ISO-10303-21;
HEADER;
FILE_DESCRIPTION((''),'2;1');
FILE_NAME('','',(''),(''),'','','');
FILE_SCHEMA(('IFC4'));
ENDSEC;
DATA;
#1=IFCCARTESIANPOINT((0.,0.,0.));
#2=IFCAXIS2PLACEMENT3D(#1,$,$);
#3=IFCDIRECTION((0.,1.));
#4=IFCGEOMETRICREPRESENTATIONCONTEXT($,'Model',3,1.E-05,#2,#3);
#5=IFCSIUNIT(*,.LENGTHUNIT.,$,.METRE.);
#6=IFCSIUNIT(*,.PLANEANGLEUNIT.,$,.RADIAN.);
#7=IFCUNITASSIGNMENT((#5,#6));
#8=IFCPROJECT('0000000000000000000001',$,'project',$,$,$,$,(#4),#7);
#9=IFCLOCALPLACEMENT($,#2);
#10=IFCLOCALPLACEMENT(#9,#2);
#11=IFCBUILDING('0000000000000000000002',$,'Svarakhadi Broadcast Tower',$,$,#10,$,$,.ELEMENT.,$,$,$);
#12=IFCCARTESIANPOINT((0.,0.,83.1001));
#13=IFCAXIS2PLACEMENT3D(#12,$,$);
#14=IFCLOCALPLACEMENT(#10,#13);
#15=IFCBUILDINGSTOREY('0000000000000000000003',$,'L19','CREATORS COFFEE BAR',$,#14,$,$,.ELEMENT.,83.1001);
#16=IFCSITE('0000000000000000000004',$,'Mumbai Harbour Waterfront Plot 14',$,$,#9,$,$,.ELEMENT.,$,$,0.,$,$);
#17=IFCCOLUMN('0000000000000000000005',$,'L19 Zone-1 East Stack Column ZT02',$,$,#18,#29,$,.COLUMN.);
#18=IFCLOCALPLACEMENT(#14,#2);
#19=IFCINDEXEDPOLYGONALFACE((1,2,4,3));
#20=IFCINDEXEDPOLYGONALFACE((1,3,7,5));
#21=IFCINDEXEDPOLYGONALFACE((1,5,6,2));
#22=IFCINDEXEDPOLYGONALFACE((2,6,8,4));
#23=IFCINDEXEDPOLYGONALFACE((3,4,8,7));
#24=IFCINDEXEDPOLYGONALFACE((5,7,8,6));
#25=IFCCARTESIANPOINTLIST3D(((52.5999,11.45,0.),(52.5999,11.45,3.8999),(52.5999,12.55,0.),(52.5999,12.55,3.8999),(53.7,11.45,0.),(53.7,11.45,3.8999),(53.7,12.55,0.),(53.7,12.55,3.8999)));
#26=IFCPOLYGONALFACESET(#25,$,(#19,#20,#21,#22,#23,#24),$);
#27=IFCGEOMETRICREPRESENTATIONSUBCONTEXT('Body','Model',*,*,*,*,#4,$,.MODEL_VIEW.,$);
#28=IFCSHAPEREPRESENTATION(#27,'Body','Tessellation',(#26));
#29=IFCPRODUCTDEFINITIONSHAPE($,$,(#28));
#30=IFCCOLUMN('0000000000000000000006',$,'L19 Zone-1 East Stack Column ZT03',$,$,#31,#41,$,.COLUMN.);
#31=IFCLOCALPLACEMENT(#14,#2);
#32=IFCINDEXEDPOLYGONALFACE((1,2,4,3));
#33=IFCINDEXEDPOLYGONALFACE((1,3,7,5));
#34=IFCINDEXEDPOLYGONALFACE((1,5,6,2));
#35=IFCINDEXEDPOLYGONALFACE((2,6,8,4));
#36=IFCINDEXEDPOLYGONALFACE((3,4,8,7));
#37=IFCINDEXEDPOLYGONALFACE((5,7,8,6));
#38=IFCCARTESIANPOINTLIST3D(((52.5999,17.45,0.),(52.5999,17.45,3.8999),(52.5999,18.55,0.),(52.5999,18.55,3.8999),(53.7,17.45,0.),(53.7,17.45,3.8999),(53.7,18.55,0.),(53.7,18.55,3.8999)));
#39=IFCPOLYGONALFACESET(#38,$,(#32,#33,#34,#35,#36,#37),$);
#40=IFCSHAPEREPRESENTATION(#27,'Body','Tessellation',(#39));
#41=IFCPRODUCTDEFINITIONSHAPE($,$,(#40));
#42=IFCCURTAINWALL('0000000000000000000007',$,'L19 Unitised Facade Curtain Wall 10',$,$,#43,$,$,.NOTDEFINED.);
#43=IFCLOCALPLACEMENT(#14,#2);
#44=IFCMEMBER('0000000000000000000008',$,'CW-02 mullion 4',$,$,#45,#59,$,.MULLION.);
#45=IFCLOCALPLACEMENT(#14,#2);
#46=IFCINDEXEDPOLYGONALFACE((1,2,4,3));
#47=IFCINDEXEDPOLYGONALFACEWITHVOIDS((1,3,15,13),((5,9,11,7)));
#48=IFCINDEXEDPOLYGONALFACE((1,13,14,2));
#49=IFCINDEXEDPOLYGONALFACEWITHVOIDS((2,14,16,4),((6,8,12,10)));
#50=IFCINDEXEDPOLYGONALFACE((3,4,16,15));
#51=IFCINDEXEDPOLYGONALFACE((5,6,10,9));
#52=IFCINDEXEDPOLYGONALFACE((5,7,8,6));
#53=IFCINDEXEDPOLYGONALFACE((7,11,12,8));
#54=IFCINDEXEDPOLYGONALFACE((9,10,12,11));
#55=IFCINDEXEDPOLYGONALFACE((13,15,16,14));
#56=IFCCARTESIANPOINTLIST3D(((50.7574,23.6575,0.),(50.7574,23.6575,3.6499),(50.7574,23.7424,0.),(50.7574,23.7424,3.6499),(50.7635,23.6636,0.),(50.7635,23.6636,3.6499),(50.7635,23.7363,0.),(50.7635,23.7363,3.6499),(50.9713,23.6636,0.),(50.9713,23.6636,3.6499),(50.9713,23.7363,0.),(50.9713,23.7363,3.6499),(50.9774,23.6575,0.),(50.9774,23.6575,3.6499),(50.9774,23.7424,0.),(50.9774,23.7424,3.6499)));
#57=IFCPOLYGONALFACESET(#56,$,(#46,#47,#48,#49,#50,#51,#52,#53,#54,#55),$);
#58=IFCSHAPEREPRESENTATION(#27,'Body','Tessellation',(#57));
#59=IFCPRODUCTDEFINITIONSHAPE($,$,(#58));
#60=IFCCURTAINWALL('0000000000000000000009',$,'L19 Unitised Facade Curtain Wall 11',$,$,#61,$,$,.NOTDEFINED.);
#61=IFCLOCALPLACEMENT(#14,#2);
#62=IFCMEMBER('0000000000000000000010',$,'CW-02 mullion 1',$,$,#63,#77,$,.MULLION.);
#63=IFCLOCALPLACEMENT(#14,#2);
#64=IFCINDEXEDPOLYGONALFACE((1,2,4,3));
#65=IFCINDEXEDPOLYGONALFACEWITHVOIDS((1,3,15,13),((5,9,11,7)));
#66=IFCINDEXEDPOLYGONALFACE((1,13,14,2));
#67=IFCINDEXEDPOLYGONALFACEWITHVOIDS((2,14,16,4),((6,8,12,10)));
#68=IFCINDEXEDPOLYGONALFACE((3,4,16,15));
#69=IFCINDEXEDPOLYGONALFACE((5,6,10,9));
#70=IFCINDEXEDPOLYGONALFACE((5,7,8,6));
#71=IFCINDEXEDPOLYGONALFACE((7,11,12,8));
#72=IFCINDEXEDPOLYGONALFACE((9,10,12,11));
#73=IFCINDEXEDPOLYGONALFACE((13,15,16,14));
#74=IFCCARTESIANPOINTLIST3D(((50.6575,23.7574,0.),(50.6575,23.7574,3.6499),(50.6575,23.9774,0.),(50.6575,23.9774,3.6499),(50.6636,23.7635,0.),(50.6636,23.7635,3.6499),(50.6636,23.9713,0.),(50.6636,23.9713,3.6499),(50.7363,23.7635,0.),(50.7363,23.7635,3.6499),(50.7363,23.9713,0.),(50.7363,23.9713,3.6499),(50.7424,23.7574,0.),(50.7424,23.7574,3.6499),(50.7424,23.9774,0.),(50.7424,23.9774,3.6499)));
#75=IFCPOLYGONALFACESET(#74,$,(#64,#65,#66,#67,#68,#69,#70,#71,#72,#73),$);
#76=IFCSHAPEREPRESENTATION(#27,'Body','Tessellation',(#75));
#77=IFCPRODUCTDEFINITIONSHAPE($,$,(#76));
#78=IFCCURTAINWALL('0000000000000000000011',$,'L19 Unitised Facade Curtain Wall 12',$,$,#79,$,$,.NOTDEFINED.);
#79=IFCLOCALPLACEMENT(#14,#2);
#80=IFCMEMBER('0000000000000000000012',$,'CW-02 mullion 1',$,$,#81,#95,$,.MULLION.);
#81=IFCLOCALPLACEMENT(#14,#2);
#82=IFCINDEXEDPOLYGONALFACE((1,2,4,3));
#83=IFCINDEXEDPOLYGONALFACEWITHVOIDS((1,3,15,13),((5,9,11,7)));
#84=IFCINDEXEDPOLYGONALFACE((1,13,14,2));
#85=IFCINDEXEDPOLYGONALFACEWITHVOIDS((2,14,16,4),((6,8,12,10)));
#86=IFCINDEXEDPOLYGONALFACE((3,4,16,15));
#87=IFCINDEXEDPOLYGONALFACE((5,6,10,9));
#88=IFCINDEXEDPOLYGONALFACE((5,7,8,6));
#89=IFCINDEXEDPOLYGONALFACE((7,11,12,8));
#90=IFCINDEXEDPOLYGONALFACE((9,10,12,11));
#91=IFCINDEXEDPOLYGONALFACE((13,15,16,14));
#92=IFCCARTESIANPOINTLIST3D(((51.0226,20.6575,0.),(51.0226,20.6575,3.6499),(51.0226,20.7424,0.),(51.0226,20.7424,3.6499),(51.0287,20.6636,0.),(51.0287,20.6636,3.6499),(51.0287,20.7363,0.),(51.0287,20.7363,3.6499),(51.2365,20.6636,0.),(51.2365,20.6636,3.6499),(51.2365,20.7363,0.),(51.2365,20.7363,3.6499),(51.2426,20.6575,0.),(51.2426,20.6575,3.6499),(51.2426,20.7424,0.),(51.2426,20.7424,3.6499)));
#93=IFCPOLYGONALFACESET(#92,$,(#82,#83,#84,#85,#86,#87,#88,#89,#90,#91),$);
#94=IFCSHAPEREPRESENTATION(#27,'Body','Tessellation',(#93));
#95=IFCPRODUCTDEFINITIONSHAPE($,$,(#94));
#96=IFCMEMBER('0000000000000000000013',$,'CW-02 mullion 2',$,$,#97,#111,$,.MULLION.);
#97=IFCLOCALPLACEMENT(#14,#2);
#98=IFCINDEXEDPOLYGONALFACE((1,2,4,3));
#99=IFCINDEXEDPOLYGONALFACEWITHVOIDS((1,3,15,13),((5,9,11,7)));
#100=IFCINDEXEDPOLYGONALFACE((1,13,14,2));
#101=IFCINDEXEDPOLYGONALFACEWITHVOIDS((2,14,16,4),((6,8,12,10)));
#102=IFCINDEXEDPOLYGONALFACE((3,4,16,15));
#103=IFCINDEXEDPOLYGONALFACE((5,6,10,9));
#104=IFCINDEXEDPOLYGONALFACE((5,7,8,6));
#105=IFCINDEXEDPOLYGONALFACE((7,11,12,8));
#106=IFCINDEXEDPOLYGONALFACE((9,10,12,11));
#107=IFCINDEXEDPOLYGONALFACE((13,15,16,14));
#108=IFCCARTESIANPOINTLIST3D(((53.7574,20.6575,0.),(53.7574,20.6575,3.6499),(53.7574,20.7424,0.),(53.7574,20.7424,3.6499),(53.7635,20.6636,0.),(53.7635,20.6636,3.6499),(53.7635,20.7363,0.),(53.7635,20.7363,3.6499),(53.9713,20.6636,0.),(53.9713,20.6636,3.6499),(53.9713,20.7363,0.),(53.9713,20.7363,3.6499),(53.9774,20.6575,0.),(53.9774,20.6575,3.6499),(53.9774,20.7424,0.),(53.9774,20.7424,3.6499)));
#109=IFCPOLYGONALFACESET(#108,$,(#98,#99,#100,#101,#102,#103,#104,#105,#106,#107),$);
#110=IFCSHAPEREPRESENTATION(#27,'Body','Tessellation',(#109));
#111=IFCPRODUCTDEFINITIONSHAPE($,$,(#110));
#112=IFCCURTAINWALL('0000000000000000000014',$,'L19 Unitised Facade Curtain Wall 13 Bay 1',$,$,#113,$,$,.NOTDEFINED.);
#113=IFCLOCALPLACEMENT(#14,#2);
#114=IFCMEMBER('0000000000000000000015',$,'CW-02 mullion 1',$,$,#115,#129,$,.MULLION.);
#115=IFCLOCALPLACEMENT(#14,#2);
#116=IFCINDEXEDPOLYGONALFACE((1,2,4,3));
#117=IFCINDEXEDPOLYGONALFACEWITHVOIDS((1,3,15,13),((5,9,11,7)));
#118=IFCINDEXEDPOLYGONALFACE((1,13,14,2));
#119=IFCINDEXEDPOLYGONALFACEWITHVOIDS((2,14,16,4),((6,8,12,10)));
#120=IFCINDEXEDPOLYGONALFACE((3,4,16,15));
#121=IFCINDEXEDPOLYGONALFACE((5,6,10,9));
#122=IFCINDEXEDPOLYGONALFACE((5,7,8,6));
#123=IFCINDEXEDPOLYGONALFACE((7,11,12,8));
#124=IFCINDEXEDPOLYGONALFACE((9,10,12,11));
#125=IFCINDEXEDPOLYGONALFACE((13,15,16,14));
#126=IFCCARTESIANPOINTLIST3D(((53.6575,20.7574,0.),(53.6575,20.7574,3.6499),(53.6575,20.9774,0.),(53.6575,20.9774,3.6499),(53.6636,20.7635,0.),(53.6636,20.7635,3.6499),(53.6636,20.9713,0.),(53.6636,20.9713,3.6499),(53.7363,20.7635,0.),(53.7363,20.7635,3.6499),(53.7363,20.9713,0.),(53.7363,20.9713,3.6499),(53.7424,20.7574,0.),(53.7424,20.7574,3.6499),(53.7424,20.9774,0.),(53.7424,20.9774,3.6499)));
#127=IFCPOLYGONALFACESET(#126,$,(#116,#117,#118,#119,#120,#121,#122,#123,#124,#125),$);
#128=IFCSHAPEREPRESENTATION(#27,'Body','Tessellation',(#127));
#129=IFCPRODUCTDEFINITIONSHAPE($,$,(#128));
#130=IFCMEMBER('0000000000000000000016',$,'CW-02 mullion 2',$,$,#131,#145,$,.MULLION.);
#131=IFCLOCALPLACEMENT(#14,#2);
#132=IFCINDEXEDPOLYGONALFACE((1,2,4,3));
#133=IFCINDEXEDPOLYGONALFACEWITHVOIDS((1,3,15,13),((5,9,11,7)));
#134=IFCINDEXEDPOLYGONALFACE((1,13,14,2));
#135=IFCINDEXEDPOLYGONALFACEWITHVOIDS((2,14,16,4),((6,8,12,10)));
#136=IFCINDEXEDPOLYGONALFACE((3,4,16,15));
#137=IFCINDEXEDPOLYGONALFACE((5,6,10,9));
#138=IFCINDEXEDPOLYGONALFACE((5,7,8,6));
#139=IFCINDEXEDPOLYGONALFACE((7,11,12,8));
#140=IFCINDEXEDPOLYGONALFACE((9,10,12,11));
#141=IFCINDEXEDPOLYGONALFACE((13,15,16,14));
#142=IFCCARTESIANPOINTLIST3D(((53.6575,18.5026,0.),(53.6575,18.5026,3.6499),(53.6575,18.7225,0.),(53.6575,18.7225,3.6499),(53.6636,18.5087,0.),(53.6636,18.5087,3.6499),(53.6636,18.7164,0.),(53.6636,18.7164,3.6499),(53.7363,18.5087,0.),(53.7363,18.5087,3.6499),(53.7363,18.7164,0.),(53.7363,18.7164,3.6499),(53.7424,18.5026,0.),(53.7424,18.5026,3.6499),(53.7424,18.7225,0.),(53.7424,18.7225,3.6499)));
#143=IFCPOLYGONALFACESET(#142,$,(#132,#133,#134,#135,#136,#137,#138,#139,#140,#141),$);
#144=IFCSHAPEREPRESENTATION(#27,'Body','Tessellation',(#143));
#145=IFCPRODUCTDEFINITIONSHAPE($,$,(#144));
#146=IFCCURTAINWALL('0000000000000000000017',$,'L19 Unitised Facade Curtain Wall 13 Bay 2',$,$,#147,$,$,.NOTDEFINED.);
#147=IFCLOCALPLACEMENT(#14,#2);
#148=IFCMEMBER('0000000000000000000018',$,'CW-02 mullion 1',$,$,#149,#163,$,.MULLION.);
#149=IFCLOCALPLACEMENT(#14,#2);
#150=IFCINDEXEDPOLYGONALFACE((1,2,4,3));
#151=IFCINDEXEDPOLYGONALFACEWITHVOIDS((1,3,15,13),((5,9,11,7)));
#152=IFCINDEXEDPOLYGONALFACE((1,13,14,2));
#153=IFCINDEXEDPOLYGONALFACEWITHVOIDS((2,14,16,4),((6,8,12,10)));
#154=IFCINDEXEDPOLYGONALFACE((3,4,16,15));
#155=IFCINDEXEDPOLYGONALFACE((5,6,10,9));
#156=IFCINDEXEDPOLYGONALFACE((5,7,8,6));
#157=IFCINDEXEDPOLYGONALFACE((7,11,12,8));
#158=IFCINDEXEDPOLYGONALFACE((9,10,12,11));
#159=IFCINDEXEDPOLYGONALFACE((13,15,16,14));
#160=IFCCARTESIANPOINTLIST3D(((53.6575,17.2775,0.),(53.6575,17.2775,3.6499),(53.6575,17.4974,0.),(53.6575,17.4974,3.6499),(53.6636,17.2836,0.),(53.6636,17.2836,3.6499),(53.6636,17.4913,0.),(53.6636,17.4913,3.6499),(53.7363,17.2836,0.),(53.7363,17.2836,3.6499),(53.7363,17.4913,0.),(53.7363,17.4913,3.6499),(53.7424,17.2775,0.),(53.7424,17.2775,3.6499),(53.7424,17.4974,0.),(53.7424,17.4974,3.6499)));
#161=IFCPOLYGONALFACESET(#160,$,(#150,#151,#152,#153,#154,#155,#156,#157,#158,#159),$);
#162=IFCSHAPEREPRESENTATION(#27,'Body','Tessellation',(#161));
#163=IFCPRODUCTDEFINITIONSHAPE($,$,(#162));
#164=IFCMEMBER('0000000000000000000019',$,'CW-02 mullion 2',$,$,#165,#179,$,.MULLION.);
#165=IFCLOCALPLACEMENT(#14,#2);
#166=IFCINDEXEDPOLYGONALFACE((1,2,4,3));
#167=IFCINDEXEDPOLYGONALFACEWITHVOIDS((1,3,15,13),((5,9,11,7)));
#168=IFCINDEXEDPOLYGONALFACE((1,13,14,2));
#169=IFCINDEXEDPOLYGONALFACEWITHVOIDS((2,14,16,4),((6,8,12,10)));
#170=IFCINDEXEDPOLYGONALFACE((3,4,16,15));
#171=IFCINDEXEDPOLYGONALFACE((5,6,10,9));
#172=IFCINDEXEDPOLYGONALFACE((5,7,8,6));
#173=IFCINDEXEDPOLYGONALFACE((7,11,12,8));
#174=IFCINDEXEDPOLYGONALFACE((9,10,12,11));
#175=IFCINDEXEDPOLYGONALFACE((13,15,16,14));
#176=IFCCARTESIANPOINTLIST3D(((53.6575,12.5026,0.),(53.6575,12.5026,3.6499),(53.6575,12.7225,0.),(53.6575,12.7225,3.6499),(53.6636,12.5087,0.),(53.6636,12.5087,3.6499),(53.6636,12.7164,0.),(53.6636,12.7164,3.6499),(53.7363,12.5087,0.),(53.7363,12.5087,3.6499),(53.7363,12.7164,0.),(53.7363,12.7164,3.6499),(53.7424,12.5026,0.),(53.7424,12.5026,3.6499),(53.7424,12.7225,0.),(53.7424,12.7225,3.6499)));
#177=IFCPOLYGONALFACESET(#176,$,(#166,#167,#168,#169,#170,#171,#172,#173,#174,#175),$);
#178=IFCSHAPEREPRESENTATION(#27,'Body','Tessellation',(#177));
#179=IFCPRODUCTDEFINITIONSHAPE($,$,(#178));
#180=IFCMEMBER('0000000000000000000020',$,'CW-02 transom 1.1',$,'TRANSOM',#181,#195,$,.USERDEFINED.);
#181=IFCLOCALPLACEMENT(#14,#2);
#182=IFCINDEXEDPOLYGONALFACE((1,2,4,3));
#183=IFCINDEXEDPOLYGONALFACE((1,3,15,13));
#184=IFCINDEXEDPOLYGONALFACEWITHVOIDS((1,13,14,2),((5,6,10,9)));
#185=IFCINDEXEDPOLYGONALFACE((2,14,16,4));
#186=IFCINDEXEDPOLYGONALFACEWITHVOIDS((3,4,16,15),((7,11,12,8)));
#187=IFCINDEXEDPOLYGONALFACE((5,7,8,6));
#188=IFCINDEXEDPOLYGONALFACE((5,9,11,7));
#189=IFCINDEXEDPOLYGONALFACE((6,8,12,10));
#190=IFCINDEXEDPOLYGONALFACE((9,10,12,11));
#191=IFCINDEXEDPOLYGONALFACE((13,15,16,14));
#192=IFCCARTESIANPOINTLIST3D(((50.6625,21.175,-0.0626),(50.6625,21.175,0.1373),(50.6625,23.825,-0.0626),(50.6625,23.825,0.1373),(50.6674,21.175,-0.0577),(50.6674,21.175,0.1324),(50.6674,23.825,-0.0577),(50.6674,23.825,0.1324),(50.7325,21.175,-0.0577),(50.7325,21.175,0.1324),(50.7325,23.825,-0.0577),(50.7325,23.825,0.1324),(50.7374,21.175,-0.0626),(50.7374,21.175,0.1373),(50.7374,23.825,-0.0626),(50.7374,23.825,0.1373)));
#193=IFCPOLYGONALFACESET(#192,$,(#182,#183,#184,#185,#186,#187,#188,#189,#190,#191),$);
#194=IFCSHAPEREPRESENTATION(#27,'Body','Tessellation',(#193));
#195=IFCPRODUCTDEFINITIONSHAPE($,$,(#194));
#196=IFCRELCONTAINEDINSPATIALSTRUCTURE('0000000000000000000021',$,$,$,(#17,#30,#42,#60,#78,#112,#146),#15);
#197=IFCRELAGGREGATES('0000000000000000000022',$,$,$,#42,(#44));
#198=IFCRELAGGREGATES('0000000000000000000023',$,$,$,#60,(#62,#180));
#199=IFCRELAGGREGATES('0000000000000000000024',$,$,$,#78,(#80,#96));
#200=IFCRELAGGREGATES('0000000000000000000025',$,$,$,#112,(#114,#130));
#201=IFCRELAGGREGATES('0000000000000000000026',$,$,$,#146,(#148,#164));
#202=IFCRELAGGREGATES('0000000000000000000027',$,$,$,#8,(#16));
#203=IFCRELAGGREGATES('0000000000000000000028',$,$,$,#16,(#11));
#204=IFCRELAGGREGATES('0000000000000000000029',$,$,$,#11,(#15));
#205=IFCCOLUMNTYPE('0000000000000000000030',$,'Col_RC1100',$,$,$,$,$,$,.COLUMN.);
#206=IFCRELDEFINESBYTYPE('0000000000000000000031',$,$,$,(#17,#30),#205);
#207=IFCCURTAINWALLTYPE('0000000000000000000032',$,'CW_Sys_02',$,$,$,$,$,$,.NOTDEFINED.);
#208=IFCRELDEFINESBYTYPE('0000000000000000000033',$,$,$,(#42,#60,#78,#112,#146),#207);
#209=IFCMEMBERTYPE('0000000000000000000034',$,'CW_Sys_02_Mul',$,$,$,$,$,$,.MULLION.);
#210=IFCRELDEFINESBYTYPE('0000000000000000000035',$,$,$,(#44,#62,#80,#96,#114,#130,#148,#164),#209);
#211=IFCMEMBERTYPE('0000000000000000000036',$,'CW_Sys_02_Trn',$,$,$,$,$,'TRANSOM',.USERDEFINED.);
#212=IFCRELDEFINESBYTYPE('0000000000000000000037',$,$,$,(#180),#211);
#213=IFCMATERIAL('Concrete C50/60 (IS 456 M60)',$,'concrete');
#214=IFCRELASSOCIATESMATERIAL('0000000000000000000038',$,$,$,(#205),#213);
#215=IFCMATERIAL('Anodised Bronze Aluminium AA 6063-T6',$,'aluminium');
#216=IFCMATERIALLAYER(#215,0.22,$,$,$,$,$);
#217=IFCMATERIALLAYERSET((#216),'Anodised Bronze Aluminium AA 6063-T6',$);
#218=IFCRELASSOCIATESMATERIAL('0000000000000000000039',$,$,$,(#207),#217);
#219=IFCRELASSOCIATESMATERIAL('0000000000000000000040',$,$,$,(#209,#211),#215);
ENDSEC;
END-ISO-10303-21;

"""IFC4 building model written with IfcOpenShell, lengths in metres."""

from ifc_helpers import new_model, si_unit, direction, frame, origin, origin_2d, place, context, subcontext, project, spatial, rectangle, hollow_rectangle, extrude, material, layer, layer_set, material_profile, profile_set, type_object, element, aggregate, save


model = new_model("IFC4")

# Units and contexts
model_context = context("Model", 3, precision=1e-05, world=origin(), true_north=direction((0.0, 1.0)))
body_context = subcontext(model_context, "Body", "Model", "MODEL_VIEW")
ifc_project = project(units=[si_unit("LENGTHUNIT", "METRE"), si_unit("PLANEANGLEUNIT", "RADIAN")], contexts=[model_context])

# Site, building, storey
site_placement = place(None, origin())
site = spatial("IfcSite", under=ifc_project, at=site_placement, Name="Mumbai Harbour Waterfront Plot 14", CompositionType="ELEMENT", RefElevation=0.0)
building_placement = place(site_placement, origin())
building = spatial("IfcBuilding", under=site, at=building_placement, Name="Svarakhadi Broadcast Tower", CompositionType="ELEMENT")
storey_placement = place(building_placement, frame((0.0, 0.0, 83.1001)))
storey = spatial("IfcBuildingStorey", under=building, at=storey_placement, Name="L19", Description="CREATORS COFFEE BAR", CompositionType="ELEMENT", Elevation=83.1001)

# Columns
ifc_material_1 = material(Name="Concrete C50/60 (IS 456 M60)", Category="concrete")
ifc_material_profile_1 = material_profile(ifc_material_1, rectangle(XDim=1.1001, YDim=1.1001, at=origin_2d()), Name="RC 1100x1100")
ifc_profile_set_1 = profile_set([ifc_material_profile_1], Name="Concrete C50/60 (IS 456 M60)")
column_type = type_object("IfcColumnType", Name="Col_RC1100", PredefinedType="COLUMN", material=ifc_profile_set_1)
for number, where, z_axis, x_axis, name in (
    (1, (53.1499, 12.0, 0.0), (0.0, 0.0, 1.0), (1.0, 0.0, 0.0), "L19 Zone-1 East Stack Column ZT02"),
    (2, (53.1499, 18.0, 0.0), (0.0, 0.0, 1.0), (1.0, 0.0, 0.0), "L19 Zone-1 East Stack Column ZT03"),
):
    element("IfcColumn", number, at=place(storey_placement, frame(where, z_axis=z_axis, x_axis=x_axis)), inside=storey, type_object=column_type, Name=name, PredefinedType="COLUMN", context=body_context, shape_type="SweptSolid", body=[
        extrude(rectangle(XDim=1.1001, YDim=1.1001, at=origin_2d()), origin(), (0.0, 0.0, 1.0), 3.8999),
    ])

# Curtain walls, members
ifc_material_2 = material(Name="Anodised Bronze Aluminium AA 6063-T6", Category="aluminium")
ifc_layer_1 = layer(ifc_material_2, 0.22)
ifc_layer_set_1 = layer_set([ifc_layer_1], Name="Anodised Bronze Aluminium AA 6063-T6")
curtain_wall_type = type_object("IfcCurtainWallType", Name="CW_Sys_02", PredefinedType="NOTDEFINED", material=ifc_layer_set_1)
curtain_wall_1_placement = place(storey_placement, origin())
curtain_wall_1 = element("IfcCurtainWall", 3, at=curtain_wall_1_placement, inside=storey, type_object=curtain_wall_type, Name="L19 Unitised Facade Curtain Wall 10", PredefinedType="NOTDEFINED")
ifc_material_profile_2 = material_profile(ifc_material_2, hollow_rectangle(XDim=0.085, YDim=0.22, WallThickness=0.0061, at=origin_2d()), Name="ALU MULLION 220x85x6")
ifc_profile_set_2 = profile_set([ifc_material_profile_2], Name="Anodised Bronze Aluminium AA 6063-T6")
member_type_1 = type_object("IfcMemberType", Name="CW_Sys_02_Mul", PredefinedType="MULLION", material=ifc_profile_set_2)
member_1_placement = place(storey_placement, frame((50.8674, 23.7, 0.0), z_axis=(0.0, 0.0, 1.0), x_axis=(0.0, 1.0, 0.0)))
member_1 = element("IfcMember", 4, at=member_1_placement, type_object=member_type_1, Name="CW-02 mullion 4", PredefinedType="MULLION", context=body_context, shape_type="SweptSolid", body=[
    extrude(hollow_rectangle(XDim=0.085, YDim=0.22, WallThickness=0.0061, at=origin_2d()), origin(), (0.0, 0.0, 1.0), 3.6499),
])
aggregate(curtain_wall_1, [member_1])
curtain_wall_2_placement = place(storey_placement, origin())
curtain_wall_2 = element("IfcCurtainWall", 5, at=curtain_wall_2_placement, inside=storey, type_object=curtain_wall_type, Name="L19 Unitised Facade Curtain Wall 11", PredefinedType="NOTDEFINED")
member_2_placement = place(storey_placement, frame((50.7, 23.8674, 0.0), z_axis=(0.0, 0.0, 1.0), x_axis=(1.0, 0.0, 0.0)))
member_2 = element("IfcMember", 6, at=member_2_placement, type_object=member_type_1, Name="CW-02 mullion 1", PredefinedType="MULLION", context=body_context, shape_type="SweptSolid", body=[
    extrude(hollow_rectangle(XDim=0.085, YDim=0.22, WallThickness=0.0061, at=origin_2d()), origin(), (0.0, 0.0, 1.0), 3.6499),
])

# Curtain walls, members
curtain_wall_3_placement = place(storey_placement, origin())
curtain_wall_3 = element("IfcCurtainWall", 7, at=curtain_wall_3_placement, inside=storey, type_object=curtain_wall_type, Name="L19 Unitised Facade Curtain Wall 12", PredefinedType="NOTDEFINED")
member_3_placement = place(storey_placement, frame((51.1326, 20.7, 0.0), z_axis=(0.0, 0.0, 1.0), x_axis=(0.0, 1.0, 0.0)))
member_3 = element("IfcMember", 8, at=member_3_placement, type_object=member_type_1, Name="CW-02 mullion 1", PredefinedType="MULLION", context=body_context, shape_type="SweptSolid", body=[
    extrude(hollow_rectangle(XDim=0.085, YDim=0.22, WallThickness=0.0061, at=origin_2d()), origin(), (0.0, 0.0, 1.0), 3.6499),
])
member_4_placement = place(storey_placement, frame((53.8674, 20.7, 0.0), z_axis=(0.0, 0.0, 1.0), x_axis=(0.0, 1.0, 0.0)))
member_4 = element("IfcMember", 9, at=member_4_placement, type_object=member_type_1, Name="CW-02 mullion 2", PredefinedType="MULLION", context=body_context, shape_type="SweptSolid", body=[
    extrude(hollow_rectangle(XDim=0.085, YDim=0.22, WallThickness=0.0061, at=origin_2d()), origin(), (0.0, 0.0, 1.0), 3.6499),
])
curtain_wall_4_placement = place(storey_placement, origin())
curtain_wall_4 = element("IfcCurtainWall", 10, at=curtain_wall_4_placement, inside=storey, type_object=curtain_wall_type, Name="L19 Unitised Facade Curtain Wall 13 Bay 1", PredefinedType="NOTDEFINED")
member_5_placement = place(storey_placement, frame((53.7, 20.8674, 0.0), z_axis=(0.0, 0.0, 1.0), x_axis=(1.0, 0.0, 0.0)))
member_5 = element("IfcMember", 11, at=member_5_placement, type_object=member_type_1, Name="CW-02 mullion 1", PredefinedType="MULLION", context=body_context, shape_type="SweptSolid", body=[
    extrude(hollow_rectangle(XDim=0.085, YDim=0.22, WallThickness=0.0061, at=origin_2d()), origin(), (0.0, 0.0, 1.0), 3.6499),
])
member_6_placement = place(storey_placement, frame((53.7, 18.6125, 0.0), z_axis=(0.0, 0.0, 1.0), x_axis=(1.0, 0.0, 0.0)))
member_6 = element("IfcMember", 12, at=member_6_placement, type_object=member_type_1, Name="CW-02 mullion 2", PredefinedType="MULLION", context=body_context, shape_type="SweptSolid", body=[
    extrude(hollow_rectangle(XDim=0.085, YDim=0.22, WallThickness=0.0061, at=origin_2d()), origin(), (0.0, 0.0, 1.0), 3.6499),
])
curtain_wall_5_placement = place(storey_placement, origin())
curtain_wall_5 = element("IfcCurtainWall", 13, at=curtain_wall_5_placement, inside=storey, type_object=curtain_wall_type, Name="L19 Unitised Facade Curtain Wall 13 Bay 2", PredefinedType="NOTDEFINED")
member_7_placement = place(storey_placement, frame((53.7, 17.3875, 0.0), z_axis=(0.0, 0.0, 1.0), x_axis=(1.0, 0.0, 0.0)))
member_7 = element("IfcMember", 14, at=member_7_placement, type_object=member_type_1, Name="CW-02 mullion 1", PredefinedType="MULLION", context=body_context, shape_type="SweptSolid", body=[
    extrude(hollow_rectangle(XDim=0.085, YDim=0.22, WallThickness=0.0061, at=origin_2d()), origin(), (0.0, 0.0, 1.0), 3.6499),
])
member_8_placement = place(storey_placement, frame((53.7, 12.6125, 0.0), z_axis=(0.0, 0.0, 1.0), x_axis=(1.0, 0.0, 0.0)))
member_8 = element("IfcMember", 15, at=member_8_placement, type_object=member_type_1, Name="CW-02 mullion 2", PredefinedType="MULLION", context=body_context, shape_type="SweptSolid", body=[
    extrude(hollow_rectangle(XDim=0.085, YDim=0.22, WallThickness=0.0061, at=origin_2d()), origin(), (0.0, 0.0, 1.0), 3.6499),
])

# Member
ifc_material_profile_3 = material_profile(ifc_material_2, hollow_rectangle(XDim=0.075, YDim=0.2, WallThickness=0.0049, at=origin_2d()), Name="ALU TRANSOM 200x75x5")
ifc_profile_set_3 = profile_set([ifc_material_profile_3], Name="Anodised Bronze Aluminium AA 6063-T6")
member_type_2 = type_object("IfcMemberType", Name="CW_Sys_02_Trn", ElementType="TRANSOM", PredefinedType="USERDEFINED", material=ifc_profile_set_3)
member_9_placement = place(storey_placement, frame((50.7, 23.825, 0.0374), z_axis=(0.0, -1.0, 0.0), x_axis=(1.0, 0.0, 0.0)))
member_9 = element("IfcMember", 16, at=member_9_placement, type_object=member_type_2, Name="CW-02 transom 1.1", ObjectType="TRANSOM", PredefinedType="USERDEFINED", context=body_context, shape_type="SweptSolid", body=[
    extrude(hollow_rectangle(XDim=0.075, YDim=0.2, WallThickness=0.0049, at=origin_2d()), origin(), (0.0, 0.0, 1.0), 2.6499),
])

aggregate(curtain_wall_2, [member_2, member_9])
aggregate(curtain_wall_3, [member_3, member_4])
aggregate(curtain_wall_4, [member_5, member_6])
aggregate(curtain_wall_5, [member_7, member_8])

save(model, "model.ifc")
